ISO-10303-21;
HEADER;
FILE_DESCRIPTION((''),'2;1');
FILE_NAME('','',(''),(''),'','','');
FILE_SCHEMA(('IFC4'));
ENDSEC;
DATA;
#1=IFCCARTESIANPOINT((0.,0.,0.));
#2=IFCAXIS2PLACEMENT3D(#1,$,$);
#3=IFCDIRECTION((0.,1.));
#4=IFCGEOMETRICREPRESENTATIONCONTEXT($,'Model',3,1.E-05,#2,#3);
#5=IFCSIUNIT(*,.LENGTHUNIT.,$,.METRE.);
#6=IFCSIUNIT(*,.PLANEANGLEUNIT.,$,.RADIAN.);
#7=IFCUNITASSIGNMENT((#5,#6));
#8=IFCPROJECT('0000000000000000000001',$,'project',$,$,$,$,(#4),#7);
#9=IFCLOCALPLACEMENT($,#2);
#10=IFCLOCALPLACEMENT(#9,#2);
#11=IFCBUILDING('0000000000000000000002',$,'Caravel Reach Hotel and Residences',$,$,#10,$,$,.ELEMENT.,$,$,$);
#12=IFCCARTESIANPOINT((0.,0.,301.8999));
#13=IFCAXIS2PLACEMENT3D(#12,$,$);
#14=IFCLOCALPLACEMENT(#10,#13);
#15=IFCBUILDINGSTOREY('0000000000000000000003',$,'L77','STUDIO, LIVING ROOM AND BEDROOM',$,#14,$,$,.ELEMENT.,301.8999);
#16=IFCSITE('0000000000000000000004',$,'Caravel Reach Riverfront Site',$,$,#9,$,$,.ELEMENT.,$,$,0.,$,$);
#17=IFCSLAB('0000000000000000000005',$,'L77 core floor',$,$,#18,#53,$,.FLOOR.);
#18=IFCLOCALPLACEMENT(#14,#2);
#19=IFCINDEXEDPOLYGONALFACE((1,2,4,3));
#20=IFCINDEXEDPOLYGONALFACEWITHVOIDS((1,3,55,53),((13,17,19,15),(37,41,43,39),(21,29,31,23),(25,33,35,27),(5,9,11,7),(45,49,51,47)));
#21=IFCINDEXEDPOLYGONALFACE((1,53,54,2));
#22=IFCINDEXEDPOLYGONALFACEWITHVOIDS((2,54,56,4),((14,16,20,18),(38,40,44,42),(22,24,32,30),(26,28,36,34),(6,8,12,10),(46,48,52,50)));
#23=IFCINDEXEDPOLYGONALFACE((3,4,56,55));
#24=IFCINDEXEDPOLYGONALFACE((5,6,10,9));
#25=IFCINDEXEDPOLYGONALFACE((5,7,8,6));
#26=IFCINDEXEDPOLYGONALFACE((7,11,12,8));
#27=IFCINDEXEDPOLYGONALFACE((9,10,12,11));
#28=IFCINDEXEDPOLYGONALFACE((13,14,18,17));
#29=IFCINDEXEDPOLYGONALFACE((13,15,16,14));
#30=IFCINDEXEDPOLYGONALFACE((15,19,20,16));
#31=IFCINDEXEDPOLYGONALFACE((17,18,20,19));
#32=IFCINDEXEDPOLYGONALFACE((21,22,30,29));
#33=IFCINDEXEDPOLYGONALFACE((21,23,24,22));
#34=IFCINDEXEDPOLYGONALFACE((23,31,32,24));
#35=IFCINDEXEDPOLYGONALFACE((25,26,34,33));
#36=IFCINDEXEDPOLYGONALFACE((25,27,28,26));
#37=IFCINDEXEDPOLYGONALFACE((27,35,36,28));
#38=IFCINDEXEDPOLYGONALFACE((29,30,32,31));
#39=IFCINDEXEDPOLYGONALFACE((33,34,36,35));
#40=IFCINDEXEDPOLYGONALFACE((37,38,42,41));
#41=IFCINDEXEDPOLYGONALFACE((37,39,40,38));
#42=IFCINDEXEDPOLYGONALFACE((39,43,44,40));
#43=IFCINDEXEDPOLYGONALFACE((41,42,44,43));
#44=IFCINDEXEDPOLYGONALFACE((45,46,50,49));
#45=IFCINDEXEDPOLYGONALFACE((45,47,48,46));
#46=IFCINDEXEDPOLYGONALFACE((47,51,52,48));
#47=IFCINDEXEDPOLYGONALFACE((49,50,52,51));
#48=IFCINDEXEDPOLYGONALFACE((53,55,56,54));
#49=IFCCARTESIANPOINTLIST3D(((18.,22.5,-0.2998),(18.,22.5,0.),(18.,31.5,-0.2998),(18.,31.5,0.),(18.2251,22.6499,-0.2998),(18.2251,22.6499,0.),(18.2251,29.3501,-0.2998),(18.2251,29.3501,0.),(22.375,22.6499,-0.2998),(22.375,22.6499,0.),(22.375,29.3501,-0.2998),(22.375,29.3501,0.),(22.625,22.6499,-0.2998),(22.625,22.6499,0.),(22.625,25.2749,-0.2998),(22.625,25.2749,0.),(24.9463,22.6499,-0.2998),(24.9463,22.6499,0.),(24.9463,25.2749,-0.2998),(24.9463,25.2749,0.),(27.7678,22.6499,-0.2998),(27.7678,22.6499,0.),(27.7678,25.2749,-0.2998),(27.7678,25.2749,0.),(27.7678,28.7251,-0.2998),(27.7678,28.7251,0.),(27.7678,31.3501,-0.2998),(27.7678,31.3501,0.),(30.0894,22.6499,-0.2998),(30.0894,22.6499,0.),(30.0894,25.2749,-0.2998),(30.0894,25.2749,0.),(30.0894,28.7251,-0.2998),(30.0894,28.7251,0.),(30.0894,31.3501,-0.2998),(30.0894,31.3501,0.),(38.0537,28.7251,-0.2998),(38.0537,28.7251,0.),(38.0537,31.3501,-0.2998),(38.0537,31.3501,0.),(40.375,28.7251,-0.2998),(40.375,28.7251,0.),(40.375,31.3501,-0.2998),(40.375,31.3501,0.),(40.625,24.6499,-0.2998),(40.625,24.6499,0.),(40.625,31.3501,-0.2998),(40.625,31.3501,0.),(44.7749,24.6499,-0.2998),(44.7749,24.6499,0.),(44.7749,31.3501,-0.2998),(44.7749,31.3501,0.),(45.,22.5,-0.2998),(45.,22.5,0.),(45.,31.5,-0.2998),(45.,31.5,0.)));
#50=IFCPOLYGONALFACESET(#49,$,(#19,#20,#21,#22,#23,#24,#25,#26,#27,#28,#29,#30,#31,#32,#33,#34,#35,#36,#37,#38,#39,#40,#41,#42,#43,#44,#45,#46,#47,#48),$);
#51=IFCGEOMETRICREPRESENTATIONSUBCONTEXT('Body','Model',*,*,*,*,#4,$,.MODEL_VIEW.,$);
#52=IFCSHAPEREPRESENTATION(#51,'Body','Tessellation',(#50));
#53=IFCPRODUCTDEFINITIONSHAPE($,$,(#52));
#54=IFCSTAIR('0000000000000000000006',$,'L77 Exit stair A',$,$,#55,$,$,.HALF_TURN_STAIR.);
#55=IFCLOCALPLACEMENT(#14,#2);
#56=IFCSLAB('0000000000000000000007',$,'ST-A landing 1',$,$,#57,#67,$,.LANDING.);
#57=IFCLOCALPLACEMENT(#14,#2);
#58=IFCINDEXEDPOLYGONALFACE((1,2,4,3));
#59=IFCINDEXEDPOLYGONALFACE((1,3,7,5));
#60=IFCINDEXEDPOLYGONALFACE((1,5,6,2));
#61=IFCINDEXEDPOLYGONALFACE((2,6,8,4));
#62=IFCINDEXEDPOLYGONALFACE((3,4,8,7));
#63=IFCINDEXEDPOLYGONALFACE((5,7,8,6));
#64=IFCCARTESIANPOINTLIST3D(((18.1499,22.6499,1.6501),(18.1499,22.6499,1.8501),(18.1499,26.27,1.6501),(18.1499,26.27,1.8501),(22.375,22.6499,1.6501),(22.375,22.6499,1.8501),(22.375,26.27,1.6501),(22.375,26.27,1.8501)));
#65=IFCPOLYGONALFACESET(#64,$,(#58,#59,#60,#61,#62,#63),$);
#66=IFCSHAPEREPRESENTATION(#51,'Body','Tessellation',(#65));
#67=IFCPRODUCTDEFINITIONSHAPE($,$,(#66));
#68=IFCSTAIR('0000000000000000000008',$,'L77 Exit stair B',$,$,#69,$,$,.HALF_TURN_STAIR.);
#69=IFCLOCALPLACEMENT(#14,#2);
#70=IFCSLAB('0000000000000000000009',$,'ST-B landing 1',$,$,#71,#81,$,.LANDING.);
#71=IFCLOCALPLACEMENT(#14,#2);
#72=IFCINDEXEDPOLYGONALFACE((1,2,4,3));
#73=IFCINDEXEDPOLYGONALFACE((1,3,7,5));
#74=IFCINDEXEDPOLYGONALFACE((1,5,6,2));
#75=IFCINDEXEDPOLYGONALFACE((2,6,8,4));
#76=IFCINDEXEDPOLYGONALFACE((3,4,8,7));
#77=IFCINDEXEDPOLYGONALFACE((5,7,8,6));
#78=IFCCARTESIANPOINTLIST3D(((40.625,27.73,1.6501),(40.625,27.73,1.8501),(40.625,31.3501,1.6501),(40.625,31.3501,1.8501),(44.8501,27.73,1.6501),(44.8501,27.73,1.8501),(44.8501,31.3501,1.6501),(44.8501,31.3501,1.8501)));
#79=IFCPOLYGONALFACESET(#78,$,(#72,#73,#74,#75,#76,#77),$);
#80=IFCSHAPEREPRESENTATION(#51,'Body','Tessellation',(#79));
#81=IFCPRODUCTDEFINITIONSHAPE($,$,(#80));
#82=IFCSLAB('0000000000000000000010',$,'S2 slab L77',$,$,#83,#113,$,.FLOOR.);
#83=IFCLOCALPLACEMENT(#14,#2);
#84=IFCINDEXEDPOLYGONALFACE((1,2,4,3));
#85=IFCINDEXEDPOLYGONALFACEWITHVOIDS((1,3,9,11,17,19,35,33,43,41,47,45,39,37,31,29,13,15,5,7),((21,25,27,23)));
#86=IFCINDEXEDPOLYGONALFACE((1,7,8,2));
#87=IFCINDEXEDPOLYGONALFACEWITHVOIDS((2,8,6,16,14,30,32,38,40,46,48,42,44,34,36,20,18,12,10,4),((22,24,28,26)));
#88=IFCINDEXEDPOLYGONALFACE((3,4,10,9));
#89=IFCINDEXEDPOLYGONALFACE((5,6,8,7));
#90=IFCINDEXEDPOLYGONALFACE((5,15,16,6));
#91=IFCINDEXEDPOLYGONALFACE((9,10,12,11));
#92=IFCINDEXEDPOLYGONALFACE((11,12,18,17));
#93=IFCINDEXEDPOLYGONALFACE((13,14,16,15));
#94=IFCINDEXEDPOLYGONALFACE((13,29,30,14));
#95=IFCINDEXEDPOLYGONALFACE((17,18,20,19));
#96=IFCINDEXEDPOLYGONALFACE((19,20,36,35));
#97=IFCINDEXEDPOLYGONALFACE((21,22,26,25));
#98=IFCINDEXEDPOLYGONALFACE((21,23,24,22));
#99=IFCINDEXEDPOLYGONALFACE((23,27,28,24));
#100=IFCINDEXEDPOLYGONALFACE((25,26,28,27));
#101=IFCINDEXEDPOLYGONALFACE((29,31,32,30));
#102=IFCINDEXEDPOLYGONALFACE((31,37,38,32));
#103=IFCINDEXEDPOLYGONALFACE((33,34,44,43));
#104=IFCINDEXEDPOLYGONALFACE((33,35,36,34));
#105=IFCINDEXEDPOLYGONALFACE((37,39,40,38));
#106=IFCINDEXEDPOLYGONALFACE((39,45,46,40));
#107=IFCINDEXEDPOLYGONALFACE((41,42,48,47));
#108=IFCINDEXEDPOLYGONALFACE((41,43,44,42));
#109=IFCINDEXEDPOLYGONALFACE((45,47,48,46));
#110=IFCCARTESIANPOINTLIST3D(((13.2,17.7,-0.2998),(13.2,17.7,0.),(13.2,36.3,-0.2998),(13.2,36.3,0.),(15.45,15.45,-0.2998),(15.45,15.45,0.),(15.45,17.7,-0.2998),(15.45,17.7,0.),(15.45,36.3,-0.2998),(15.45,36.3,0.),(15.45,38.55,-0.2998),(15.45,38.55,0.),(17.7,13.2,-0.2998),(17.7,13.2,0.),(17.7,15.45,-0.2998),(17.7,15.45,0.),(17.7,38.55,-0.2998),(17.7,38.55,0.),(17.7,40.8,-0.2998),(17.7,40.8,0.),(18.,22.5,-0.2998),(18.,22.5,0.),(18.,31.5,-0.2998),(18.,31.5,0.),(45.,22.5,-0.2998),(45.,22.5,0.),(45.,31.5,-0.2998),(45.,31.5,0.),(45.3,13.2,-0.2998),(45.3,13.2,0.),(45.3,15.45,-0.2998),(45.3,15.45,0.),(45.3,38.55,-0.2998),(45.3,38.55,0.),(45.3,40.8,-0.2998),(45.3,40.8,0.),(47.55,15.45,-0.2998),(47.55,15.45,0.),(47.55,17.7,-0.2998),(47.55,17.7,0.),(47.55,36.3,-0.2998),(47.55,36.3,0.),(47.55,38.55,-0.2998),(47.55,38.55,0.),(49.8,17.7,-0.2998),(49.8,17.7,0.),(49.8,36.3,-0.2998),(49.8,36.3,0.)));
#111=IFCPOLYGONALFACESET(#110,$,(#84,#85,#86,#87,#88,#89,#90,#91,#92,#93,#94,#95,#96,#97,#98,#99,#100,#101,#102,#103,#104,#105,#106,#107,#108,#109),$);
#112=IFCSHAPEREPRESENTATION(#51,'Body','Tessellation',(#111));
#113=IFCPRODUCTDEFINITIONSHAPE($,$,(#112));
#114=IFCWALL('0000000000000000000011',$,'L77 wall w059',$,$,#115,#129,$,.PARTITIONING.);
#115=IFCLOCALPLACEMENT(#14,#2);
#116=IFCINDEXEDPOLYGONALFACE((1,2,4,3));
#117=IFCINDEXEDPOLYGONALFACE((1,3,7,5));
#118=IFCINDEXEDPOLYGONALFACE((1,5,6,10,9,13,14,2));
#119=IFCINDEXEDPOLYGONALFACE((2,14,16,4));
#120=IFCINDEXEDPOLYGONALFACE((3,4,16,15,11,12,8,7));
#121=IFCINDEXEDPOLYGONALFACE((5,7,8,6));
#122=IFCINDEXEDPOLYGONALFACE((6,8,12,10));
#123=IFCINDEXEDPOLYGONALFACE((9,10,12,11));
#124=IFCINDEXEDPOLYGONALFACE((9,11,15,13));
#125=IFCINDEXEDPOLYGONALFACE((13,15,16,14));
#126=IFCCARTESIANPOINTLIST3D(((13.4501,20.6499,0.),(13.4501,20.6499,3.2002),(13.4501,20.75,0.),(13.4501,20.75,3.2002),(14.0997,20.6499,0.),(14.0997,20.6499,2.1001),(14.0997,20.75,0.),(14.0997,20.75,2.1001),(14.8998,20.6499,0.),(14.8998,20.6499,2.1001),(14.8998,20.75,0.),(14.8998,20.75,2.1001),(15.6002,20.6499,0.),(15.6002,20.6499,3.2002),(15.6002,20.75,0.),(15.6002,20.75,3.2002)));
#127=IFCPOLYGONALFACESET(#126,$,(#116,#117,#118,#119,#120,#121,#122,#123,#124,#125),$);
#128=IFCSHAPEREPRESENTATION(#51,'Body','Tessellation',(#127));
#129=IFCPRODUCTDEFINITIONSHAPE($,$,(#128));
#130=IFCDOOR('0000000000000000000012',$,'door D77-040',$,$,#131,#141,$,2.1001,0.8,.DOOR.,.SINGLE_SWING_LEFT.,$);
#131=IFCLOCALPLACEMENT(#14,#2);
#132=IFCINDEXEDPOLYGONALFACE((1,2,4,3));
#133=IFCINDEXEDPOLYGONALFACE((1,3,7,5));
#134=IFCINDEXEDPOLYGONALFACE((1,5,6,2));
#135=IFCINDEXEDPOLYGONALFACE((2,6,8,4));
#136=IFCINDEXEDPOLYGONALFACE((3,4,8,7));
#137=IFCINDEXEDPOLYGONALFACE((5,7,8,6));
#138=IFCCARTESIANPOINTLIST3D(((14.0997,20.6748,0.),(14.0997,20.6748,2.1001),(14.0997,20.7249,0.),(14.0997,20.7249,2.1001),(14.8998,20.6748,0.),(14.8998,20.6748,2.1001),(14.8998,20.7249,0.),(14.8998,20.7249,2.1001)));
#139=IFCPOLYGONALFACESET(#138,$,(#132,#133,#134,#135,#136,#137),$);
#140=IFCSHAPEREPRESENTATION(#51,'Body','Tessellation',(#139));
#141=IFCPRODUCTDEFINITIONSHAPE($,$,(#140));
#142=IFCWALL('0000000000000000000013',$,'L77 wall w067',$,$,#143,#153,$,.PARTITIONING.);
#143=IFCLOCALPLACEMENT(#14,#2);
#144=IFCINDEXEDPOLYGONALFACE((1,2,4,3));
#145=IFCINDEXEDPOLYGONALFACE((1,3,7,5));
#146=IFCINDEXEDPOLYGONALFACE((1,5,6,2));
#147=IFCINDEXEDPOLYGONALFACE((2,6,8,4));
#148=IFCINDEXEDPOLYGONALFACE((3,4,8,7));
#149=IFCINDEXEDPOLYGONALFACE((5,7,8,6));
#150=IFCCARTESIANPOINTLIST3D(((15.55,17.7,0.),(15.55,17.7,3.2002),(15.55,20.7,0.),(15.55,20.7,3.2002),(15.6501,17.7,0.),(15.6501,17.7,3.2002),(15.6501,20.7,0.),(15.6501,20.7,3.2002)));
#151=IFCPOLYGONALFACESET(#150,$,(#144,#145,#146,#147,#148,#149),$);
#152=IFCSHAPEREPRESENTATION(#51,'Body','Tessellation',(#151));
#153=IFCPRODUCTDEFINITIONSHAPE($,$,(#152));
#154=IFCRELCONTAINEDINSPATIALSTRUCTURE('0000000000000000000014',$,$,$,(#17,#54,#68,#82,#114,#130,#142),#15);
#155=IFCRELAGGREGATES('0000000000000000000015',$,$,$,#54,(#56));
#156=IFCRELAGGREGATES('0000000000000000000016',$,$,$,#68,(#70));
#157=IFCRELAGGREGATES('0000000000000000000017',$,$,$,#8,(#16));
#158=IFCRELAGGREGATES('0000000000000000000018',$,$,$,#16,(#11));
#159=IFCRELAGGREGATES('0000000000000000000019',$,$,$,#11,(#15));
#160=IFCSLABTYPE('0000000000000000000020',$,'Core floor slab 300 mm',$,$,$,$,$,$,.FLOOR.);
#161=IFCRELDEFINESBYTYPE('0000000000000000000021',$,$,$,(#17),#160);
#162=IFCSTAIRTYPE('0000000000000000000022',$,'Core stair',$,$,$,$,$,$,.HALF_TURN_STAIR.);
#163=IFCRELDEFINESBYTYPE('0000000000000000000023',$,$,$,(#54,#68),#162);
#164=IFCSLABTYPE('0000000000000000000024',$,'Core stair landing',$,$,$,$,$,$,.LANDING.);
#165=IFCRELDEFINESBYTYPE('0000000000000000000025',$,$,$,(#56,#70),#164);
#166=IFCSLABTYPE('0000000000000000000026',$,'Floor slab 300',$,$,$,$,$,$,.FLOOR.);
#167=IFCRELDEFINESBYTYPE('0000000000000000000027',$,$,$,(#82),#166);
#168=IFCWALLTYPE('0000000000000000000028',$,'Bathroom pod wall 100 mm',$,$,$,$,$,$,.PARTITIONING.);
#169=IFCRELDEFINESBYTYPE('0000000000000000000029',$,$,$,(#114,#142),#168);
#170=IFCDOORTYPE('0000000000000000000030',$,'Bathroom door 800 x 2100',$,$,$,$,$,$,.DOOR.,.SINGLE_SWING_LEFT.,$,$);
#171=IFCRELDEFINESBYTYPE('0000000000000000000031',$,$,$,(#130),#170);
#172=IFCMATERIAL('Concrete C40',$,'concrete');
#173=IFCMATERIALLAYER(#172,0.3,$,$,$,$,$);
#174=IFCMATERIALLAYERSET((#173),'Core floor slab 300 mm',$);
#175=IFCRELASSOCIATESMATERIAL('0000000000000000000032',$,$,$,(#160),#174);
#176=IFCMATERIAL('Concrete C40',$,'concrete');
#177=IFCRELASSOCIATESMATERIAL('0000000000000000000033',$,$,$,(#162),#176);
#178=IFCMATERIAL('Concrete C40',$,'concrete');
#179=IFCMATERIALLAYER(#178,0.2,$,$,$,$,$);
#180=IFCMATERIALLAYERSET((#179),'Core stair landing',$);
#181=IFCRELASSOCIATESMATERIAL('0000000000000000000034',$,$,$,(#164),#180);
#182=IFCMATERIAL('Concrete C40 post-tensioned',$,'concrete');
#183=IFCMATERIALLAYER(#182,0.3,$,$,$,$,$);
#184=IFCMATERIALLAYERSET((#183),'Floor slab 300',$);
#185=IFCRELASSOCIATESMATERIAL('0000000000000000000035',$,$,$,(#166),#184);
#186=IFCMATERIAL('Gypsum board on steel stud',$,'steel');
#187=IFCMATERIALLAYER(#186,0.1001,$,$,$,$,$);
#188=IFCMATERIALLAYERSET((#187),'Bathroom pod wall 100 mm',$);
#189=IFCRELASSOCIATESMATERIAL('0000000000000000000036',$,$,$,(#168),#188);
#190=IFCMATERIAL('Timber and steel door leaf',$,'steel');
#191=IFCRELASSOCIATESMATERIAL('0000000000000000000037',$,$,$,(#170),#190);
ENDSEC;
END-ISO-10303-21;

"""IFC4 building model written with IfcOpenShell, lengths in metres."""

from ifc_helpers import new_model, si_unit, direction, frame, frame_2d, origin, place, context, subcontext, project, spatial, polyline, rectangle, outline, extrude, material, layer, layer_set, type_object, element, fill, aggregate, save


model = new_model("IFC4")

# Units and contexts
model_context = context("Model", 3, precision=1e-05, world=origin(), true_north=direction((0.0, 1.0)))
body_context = subcontext(model_context, "Body", "Model", "MODEL_VIEW")
ifc_project = project(units=[si_unit("LENGTHUNIT", "METRE"), si_unit("PLANEANGLEUNIT", "RADIAN")], contexts=[model_context])

# Site, building, storey
site_placement = place(None, origin())
site = spatial("IfcSite", under=ifc_project, at=site_placement, Name="Caravel Reach Riverfront Site", CompositionType="ELEMENT", RefElevation=0.0)
building_placement = place(site_placement, origin())
building = spatial("IfcBuilding", under=site, at=building_placement, Name="Caravel Reach Hotel and Residences", CompositionType="ELEMENT")
storey_placement = place(building_placement, frame((0.0, 0.0, 301.8999)))
storey = spatial("IfcBuildingStorey", under=building, at=storey_placement, Name="L77", Description="STUDIO, LIVING ROOM AND BEDROOM", CompositionType="ELEMENT", Elevation=301.8999)

# Slab
ifc_material_1 = material(Name="Concrete C40", Category="concrete")
ifc_layer_1 = layer(ifc_material_1, 0.3)
ifc_layer_set_1 = layer_set([ifc_layer_1], Name="Core floor slab 300 mm")
slab_type_1 = type_object("IfcSlabType", Name="Core floor slab 300 mm", PredefinedType="FLOOR", material=ifc_layer_set_1)
slab_1_placement = place(storey_placement, frame((0.0, 0.0, -0.2998)))
element("IfcSlab", 1, at=slab_1_placement, inside=storey, type_object=slab_type_1, Name="L77 core floor", PredefinedType="FLOOR", context=body_context, shape_type="SweptSolid", body=[
    extrude(outline(polyline([(18.0, 31.5), (45.0, 31.5), (45.0, 22.5), (18.0, 22.5), (18.0, 31.5)]), holes=[polyline([(22.625, 22.6499), (24.9463, 22.6499), (24.9463, 25.2749), (22.625, 25.2749), (22.625, 22.6499)]), polyline([(27.7678, 25.2749), (27.7678, 22.6499), (30.0894, 22.6499), (30.0894, 25.2749), (27.7678, 25.2749)]), polyline([(22.375, 22.6499), (22.375, 29.3501), (18.2251, 29.3501), (18.2251, 22.6499), (22.375, 22.6499)]), polyline([(40.625, 24.6499), (44.7749, 24.6499), (44.7749, 31.3501), (40.625, 31.3501), (40.625, 24.6499)]), polyline([(27.7678, 31.3501), (27.7678, 28.7251), (30.0894, 28.7251), (30.0894, 31.3501), (27.7678, 31.3501)]), polyline([(38.0537, 31.3501), (38.0537, 28.7251), (40.375, 28.7251), (40.375, 31.3501), (38.0537, 31.3501)])]), origin(), (0.0, 0.0, 1.0), 0.2998),
])

# Stairs, slabs
ifc_material_2 = material(Name="Concrete C40", Category="concrete")
stair_type = type_object("IfcStairType", Name="Core stair", PredefinedType="HALF_TURN_STAIR", material=ifc_material_2)
stair_1_placement = place(storey_placement, origin())
stair_1 = element("IfcStair", 2, at=stair_1_placement, inside=storey, type_object=stair_type, Name="L77 Exit stair A", PredefinedType="HALF_TURN_STAIR")
ifc_material_3 = material(Name="Concrete C40", Category="concrete")
ifc_layer_2 = layer(ifc_material_3, 0.2)
ifc_layer_set_2 = layer_set([ifc_layer_2], Name="Core stair landing")
slab_type_2 = type_object("IfcSlabType", Name="Core stair landing", PredefinedType="LANDING", material=ifc_layer_set_2)
slab_2_placement = place(storey_placement, frame((0.0, 0.0, 1.6501)))
slab_2 = element("IfcSlab", 3, at=slab_2_placement, type_object=slab_type_2, Name="ST-A landing 1", PredefinedType="LANDING", context=body_context, shape_type="SweptSolid", body=[
    extrude(outline(polyline([(18.1499, 26.27), (18.1499, 22.6499), (22.375, 22.6499), (22.375, 26.27), (18.1499, 26.27)])), origin(), (0.0, 0.0, 1.0), 0.2),
])
aggregate(stair_1, [slab_2])
stair_2_placement = place(storey_placement, origin())
stair_2 = element("IfcStair", 4, at=stair_2_placement, inside=storey, type_object=stair_type, Name="L77 Exit stair B", PredefinedType="HALF_TURN_STAIR")
slab_3_placement = place(storey_placement, frame((0.0, 0.0, 1.6501)))
slab_3 = element("IfcSlab", 5, at=slab_3_placement, type_object=slab_type_2, Name="ST-B landing 1", PredefinedType="LANDING", context=body_context, shape_type="SweptSolid", body=[
    extrude(outline(polyline([(44.8501, 27.73), (44.8501, 31.3501), (40.625, 31.3501), (40.625, 27.73), (44.8501, 27.73)])), origin(), (0.0, 0.0, 1.0), 0.2),
])
aggregate(stair_2, [slab_3])

# Slab
ifc_material_4 = material(Name="Concrete C40 post-tensioned", Category="concrete")
ifc_layer_3 = layer(ifc_material_4, 0.3)
ifc_layer_set_3 = layer_set([ifc_layer_3], Name="Floor slab 300")
slab_type_3 = type_object("IfcSlabType", Name="Floor slab 300", PredefinedType="FLOOR", material=ifc_layer_set_3)
slab_4_placement = place(storey_placement, frame((0.0, 0.0, -0.2998)))
element("IfcSlab", 6, at=slab_4_placement, inside=storey, type_object=slab_type_3, Name="S2 slab L77", PredefinedType="FLOOR", context=body_context, shape_type="SweptSolid", body=[
    extrude(outline(polyline([(17.7, 15.45), (15.45, 15.45), (15.45, 17.7), (13.2, 17.7), (13.2, 36.3), (15.45, 36.3), (15.45, 38.55), (17.7, 38.55), (17.7, 40.8), (45.3, 40.8), (45.3, 38.55), (47.55, 38.55), (47.55, 36.3), (49.8, 36.3), (49.8, 17.7), (47.55, 17.7), (47.55, 15.45), (45.3, 15.45), (45.3, 13.2), (17.7, 13.2), (17.7, 15.45)]), holes=[polyline([(45.0, 31.5), (18.0, 31.5), (18.0, 22.5), (45.0, 22.5), (45.0, 31.5)])]), origin(), (0.0, 0.0, 1.0), 0.2998),
])

# Wall, opening, door
ifc_material_5 = material(Name="Gypsum board on steel stud", Category="steel")
ifc_layer_4 = layer(ifc_material_5, 0.1001)
ifc_layer_set_4 = layer_set([ifc_layer_4], Name="Bathroom pod wall 100 mm")
wall_type_1 = type_object("IfcWallType", Name="Bathroom pod wall 100 mm", PredefinedType="PARTITIONING", material=ifc_layer_set_4)
wall_1_placement = place(storey_placement, frame((13.45, 20.7, 0.0), z_axis=(0.0, 0.0, 1.0), x_axis=(1.0, 0.0, 0.0)))
wall_1 = element("IfcWall", 7, at=wall_1_placement, inside=storey, type_object=wall_type_1, Name="L77 wall w059", PredefinedType="PARTITIONING", context=body_context, shape_type="SweptSolid", body=[
    extrude(rectangle(XDim=2.1501, YDim=0.1001, at=frame_2d((1.0752, 0.0))), origin(), (0.0, 0.0, 1.0), 3.2002),
])
opening_1_placement = place(wall_1_placement, frame((0.6499, 0.0, 0.0)))
opening_1 = element("IfcOpeningElement", 8, at=opening_1_placement, cuts=wall_1, PredefinedType="OPENING", context=body_context, shape_type="SweptSolid", body=[
    extrude(rectangle(XDim=0.8, YDim=2.1001, at=frame_2d((0.3999, 1.05))), frame((0.0, 0.0601, 0.0), z_axis=(0.0, -1.0, 0.0), x_axis=(1.0, 0.0, 0.0)), (0.0, 0.0, 1.0), 0.1201),
])
ifc_material_6 = material(Name="Timber and steel door leaf", Category="steel")
door_type = type_object("IfcDoorType", Name="Bathroom door 800 x 2100", OperationType="SINGLE_SWING_LEFT", PredefinedType="DOOR", material=ifc_material_6)
door_placement = place(opening_1_placement, origin())
door = element("IfcDoor", 9, at=door_placement, inside=storey, type_object=door_type, Name="door D77-040", OperationType="SINGLE_SWING_LEFT", OverallHeight=2.1001, OverallWidth=0.8, PredefinedType="DOOR", context=body_context, shape_type="SweptSolid", body=[
    extrude(rectangle(XDim=0.8, YDim=2.1001, at=frame_2d((0.3999, 1.05))), frame((0.0, 0.0249, 0.0), z_axis=(0.0, -1.0, 0.0), x_axis=(1.0, 0.0, 0.0)), (0.0, 0.0, 1.0), 0.05),
])
fill(opening_1, door)

# Wall
wall_2_placement = place(storey_placement, frame((15.6001, 17.7, 0.0), z_axis=(0.0, 0.0, 1.0), x_axis=(0.0, 1.0, 0.0)))
element("IfcWall", 10, at=wall_2_placement, inside=storey, type_object=wall_type_1, Name="L77 wall w067", PredefinedType="PARTITIONING", context=body_context, shape_type="SweptSolid", body=[
    extrude(rectangle(XDim=3.0, YDim=0.1001, at=frame_2d((1.5, 0.0))), origin(), (0.0, 0.0, 1.0), 3.2002),
])

save(model, "model.ifc")
